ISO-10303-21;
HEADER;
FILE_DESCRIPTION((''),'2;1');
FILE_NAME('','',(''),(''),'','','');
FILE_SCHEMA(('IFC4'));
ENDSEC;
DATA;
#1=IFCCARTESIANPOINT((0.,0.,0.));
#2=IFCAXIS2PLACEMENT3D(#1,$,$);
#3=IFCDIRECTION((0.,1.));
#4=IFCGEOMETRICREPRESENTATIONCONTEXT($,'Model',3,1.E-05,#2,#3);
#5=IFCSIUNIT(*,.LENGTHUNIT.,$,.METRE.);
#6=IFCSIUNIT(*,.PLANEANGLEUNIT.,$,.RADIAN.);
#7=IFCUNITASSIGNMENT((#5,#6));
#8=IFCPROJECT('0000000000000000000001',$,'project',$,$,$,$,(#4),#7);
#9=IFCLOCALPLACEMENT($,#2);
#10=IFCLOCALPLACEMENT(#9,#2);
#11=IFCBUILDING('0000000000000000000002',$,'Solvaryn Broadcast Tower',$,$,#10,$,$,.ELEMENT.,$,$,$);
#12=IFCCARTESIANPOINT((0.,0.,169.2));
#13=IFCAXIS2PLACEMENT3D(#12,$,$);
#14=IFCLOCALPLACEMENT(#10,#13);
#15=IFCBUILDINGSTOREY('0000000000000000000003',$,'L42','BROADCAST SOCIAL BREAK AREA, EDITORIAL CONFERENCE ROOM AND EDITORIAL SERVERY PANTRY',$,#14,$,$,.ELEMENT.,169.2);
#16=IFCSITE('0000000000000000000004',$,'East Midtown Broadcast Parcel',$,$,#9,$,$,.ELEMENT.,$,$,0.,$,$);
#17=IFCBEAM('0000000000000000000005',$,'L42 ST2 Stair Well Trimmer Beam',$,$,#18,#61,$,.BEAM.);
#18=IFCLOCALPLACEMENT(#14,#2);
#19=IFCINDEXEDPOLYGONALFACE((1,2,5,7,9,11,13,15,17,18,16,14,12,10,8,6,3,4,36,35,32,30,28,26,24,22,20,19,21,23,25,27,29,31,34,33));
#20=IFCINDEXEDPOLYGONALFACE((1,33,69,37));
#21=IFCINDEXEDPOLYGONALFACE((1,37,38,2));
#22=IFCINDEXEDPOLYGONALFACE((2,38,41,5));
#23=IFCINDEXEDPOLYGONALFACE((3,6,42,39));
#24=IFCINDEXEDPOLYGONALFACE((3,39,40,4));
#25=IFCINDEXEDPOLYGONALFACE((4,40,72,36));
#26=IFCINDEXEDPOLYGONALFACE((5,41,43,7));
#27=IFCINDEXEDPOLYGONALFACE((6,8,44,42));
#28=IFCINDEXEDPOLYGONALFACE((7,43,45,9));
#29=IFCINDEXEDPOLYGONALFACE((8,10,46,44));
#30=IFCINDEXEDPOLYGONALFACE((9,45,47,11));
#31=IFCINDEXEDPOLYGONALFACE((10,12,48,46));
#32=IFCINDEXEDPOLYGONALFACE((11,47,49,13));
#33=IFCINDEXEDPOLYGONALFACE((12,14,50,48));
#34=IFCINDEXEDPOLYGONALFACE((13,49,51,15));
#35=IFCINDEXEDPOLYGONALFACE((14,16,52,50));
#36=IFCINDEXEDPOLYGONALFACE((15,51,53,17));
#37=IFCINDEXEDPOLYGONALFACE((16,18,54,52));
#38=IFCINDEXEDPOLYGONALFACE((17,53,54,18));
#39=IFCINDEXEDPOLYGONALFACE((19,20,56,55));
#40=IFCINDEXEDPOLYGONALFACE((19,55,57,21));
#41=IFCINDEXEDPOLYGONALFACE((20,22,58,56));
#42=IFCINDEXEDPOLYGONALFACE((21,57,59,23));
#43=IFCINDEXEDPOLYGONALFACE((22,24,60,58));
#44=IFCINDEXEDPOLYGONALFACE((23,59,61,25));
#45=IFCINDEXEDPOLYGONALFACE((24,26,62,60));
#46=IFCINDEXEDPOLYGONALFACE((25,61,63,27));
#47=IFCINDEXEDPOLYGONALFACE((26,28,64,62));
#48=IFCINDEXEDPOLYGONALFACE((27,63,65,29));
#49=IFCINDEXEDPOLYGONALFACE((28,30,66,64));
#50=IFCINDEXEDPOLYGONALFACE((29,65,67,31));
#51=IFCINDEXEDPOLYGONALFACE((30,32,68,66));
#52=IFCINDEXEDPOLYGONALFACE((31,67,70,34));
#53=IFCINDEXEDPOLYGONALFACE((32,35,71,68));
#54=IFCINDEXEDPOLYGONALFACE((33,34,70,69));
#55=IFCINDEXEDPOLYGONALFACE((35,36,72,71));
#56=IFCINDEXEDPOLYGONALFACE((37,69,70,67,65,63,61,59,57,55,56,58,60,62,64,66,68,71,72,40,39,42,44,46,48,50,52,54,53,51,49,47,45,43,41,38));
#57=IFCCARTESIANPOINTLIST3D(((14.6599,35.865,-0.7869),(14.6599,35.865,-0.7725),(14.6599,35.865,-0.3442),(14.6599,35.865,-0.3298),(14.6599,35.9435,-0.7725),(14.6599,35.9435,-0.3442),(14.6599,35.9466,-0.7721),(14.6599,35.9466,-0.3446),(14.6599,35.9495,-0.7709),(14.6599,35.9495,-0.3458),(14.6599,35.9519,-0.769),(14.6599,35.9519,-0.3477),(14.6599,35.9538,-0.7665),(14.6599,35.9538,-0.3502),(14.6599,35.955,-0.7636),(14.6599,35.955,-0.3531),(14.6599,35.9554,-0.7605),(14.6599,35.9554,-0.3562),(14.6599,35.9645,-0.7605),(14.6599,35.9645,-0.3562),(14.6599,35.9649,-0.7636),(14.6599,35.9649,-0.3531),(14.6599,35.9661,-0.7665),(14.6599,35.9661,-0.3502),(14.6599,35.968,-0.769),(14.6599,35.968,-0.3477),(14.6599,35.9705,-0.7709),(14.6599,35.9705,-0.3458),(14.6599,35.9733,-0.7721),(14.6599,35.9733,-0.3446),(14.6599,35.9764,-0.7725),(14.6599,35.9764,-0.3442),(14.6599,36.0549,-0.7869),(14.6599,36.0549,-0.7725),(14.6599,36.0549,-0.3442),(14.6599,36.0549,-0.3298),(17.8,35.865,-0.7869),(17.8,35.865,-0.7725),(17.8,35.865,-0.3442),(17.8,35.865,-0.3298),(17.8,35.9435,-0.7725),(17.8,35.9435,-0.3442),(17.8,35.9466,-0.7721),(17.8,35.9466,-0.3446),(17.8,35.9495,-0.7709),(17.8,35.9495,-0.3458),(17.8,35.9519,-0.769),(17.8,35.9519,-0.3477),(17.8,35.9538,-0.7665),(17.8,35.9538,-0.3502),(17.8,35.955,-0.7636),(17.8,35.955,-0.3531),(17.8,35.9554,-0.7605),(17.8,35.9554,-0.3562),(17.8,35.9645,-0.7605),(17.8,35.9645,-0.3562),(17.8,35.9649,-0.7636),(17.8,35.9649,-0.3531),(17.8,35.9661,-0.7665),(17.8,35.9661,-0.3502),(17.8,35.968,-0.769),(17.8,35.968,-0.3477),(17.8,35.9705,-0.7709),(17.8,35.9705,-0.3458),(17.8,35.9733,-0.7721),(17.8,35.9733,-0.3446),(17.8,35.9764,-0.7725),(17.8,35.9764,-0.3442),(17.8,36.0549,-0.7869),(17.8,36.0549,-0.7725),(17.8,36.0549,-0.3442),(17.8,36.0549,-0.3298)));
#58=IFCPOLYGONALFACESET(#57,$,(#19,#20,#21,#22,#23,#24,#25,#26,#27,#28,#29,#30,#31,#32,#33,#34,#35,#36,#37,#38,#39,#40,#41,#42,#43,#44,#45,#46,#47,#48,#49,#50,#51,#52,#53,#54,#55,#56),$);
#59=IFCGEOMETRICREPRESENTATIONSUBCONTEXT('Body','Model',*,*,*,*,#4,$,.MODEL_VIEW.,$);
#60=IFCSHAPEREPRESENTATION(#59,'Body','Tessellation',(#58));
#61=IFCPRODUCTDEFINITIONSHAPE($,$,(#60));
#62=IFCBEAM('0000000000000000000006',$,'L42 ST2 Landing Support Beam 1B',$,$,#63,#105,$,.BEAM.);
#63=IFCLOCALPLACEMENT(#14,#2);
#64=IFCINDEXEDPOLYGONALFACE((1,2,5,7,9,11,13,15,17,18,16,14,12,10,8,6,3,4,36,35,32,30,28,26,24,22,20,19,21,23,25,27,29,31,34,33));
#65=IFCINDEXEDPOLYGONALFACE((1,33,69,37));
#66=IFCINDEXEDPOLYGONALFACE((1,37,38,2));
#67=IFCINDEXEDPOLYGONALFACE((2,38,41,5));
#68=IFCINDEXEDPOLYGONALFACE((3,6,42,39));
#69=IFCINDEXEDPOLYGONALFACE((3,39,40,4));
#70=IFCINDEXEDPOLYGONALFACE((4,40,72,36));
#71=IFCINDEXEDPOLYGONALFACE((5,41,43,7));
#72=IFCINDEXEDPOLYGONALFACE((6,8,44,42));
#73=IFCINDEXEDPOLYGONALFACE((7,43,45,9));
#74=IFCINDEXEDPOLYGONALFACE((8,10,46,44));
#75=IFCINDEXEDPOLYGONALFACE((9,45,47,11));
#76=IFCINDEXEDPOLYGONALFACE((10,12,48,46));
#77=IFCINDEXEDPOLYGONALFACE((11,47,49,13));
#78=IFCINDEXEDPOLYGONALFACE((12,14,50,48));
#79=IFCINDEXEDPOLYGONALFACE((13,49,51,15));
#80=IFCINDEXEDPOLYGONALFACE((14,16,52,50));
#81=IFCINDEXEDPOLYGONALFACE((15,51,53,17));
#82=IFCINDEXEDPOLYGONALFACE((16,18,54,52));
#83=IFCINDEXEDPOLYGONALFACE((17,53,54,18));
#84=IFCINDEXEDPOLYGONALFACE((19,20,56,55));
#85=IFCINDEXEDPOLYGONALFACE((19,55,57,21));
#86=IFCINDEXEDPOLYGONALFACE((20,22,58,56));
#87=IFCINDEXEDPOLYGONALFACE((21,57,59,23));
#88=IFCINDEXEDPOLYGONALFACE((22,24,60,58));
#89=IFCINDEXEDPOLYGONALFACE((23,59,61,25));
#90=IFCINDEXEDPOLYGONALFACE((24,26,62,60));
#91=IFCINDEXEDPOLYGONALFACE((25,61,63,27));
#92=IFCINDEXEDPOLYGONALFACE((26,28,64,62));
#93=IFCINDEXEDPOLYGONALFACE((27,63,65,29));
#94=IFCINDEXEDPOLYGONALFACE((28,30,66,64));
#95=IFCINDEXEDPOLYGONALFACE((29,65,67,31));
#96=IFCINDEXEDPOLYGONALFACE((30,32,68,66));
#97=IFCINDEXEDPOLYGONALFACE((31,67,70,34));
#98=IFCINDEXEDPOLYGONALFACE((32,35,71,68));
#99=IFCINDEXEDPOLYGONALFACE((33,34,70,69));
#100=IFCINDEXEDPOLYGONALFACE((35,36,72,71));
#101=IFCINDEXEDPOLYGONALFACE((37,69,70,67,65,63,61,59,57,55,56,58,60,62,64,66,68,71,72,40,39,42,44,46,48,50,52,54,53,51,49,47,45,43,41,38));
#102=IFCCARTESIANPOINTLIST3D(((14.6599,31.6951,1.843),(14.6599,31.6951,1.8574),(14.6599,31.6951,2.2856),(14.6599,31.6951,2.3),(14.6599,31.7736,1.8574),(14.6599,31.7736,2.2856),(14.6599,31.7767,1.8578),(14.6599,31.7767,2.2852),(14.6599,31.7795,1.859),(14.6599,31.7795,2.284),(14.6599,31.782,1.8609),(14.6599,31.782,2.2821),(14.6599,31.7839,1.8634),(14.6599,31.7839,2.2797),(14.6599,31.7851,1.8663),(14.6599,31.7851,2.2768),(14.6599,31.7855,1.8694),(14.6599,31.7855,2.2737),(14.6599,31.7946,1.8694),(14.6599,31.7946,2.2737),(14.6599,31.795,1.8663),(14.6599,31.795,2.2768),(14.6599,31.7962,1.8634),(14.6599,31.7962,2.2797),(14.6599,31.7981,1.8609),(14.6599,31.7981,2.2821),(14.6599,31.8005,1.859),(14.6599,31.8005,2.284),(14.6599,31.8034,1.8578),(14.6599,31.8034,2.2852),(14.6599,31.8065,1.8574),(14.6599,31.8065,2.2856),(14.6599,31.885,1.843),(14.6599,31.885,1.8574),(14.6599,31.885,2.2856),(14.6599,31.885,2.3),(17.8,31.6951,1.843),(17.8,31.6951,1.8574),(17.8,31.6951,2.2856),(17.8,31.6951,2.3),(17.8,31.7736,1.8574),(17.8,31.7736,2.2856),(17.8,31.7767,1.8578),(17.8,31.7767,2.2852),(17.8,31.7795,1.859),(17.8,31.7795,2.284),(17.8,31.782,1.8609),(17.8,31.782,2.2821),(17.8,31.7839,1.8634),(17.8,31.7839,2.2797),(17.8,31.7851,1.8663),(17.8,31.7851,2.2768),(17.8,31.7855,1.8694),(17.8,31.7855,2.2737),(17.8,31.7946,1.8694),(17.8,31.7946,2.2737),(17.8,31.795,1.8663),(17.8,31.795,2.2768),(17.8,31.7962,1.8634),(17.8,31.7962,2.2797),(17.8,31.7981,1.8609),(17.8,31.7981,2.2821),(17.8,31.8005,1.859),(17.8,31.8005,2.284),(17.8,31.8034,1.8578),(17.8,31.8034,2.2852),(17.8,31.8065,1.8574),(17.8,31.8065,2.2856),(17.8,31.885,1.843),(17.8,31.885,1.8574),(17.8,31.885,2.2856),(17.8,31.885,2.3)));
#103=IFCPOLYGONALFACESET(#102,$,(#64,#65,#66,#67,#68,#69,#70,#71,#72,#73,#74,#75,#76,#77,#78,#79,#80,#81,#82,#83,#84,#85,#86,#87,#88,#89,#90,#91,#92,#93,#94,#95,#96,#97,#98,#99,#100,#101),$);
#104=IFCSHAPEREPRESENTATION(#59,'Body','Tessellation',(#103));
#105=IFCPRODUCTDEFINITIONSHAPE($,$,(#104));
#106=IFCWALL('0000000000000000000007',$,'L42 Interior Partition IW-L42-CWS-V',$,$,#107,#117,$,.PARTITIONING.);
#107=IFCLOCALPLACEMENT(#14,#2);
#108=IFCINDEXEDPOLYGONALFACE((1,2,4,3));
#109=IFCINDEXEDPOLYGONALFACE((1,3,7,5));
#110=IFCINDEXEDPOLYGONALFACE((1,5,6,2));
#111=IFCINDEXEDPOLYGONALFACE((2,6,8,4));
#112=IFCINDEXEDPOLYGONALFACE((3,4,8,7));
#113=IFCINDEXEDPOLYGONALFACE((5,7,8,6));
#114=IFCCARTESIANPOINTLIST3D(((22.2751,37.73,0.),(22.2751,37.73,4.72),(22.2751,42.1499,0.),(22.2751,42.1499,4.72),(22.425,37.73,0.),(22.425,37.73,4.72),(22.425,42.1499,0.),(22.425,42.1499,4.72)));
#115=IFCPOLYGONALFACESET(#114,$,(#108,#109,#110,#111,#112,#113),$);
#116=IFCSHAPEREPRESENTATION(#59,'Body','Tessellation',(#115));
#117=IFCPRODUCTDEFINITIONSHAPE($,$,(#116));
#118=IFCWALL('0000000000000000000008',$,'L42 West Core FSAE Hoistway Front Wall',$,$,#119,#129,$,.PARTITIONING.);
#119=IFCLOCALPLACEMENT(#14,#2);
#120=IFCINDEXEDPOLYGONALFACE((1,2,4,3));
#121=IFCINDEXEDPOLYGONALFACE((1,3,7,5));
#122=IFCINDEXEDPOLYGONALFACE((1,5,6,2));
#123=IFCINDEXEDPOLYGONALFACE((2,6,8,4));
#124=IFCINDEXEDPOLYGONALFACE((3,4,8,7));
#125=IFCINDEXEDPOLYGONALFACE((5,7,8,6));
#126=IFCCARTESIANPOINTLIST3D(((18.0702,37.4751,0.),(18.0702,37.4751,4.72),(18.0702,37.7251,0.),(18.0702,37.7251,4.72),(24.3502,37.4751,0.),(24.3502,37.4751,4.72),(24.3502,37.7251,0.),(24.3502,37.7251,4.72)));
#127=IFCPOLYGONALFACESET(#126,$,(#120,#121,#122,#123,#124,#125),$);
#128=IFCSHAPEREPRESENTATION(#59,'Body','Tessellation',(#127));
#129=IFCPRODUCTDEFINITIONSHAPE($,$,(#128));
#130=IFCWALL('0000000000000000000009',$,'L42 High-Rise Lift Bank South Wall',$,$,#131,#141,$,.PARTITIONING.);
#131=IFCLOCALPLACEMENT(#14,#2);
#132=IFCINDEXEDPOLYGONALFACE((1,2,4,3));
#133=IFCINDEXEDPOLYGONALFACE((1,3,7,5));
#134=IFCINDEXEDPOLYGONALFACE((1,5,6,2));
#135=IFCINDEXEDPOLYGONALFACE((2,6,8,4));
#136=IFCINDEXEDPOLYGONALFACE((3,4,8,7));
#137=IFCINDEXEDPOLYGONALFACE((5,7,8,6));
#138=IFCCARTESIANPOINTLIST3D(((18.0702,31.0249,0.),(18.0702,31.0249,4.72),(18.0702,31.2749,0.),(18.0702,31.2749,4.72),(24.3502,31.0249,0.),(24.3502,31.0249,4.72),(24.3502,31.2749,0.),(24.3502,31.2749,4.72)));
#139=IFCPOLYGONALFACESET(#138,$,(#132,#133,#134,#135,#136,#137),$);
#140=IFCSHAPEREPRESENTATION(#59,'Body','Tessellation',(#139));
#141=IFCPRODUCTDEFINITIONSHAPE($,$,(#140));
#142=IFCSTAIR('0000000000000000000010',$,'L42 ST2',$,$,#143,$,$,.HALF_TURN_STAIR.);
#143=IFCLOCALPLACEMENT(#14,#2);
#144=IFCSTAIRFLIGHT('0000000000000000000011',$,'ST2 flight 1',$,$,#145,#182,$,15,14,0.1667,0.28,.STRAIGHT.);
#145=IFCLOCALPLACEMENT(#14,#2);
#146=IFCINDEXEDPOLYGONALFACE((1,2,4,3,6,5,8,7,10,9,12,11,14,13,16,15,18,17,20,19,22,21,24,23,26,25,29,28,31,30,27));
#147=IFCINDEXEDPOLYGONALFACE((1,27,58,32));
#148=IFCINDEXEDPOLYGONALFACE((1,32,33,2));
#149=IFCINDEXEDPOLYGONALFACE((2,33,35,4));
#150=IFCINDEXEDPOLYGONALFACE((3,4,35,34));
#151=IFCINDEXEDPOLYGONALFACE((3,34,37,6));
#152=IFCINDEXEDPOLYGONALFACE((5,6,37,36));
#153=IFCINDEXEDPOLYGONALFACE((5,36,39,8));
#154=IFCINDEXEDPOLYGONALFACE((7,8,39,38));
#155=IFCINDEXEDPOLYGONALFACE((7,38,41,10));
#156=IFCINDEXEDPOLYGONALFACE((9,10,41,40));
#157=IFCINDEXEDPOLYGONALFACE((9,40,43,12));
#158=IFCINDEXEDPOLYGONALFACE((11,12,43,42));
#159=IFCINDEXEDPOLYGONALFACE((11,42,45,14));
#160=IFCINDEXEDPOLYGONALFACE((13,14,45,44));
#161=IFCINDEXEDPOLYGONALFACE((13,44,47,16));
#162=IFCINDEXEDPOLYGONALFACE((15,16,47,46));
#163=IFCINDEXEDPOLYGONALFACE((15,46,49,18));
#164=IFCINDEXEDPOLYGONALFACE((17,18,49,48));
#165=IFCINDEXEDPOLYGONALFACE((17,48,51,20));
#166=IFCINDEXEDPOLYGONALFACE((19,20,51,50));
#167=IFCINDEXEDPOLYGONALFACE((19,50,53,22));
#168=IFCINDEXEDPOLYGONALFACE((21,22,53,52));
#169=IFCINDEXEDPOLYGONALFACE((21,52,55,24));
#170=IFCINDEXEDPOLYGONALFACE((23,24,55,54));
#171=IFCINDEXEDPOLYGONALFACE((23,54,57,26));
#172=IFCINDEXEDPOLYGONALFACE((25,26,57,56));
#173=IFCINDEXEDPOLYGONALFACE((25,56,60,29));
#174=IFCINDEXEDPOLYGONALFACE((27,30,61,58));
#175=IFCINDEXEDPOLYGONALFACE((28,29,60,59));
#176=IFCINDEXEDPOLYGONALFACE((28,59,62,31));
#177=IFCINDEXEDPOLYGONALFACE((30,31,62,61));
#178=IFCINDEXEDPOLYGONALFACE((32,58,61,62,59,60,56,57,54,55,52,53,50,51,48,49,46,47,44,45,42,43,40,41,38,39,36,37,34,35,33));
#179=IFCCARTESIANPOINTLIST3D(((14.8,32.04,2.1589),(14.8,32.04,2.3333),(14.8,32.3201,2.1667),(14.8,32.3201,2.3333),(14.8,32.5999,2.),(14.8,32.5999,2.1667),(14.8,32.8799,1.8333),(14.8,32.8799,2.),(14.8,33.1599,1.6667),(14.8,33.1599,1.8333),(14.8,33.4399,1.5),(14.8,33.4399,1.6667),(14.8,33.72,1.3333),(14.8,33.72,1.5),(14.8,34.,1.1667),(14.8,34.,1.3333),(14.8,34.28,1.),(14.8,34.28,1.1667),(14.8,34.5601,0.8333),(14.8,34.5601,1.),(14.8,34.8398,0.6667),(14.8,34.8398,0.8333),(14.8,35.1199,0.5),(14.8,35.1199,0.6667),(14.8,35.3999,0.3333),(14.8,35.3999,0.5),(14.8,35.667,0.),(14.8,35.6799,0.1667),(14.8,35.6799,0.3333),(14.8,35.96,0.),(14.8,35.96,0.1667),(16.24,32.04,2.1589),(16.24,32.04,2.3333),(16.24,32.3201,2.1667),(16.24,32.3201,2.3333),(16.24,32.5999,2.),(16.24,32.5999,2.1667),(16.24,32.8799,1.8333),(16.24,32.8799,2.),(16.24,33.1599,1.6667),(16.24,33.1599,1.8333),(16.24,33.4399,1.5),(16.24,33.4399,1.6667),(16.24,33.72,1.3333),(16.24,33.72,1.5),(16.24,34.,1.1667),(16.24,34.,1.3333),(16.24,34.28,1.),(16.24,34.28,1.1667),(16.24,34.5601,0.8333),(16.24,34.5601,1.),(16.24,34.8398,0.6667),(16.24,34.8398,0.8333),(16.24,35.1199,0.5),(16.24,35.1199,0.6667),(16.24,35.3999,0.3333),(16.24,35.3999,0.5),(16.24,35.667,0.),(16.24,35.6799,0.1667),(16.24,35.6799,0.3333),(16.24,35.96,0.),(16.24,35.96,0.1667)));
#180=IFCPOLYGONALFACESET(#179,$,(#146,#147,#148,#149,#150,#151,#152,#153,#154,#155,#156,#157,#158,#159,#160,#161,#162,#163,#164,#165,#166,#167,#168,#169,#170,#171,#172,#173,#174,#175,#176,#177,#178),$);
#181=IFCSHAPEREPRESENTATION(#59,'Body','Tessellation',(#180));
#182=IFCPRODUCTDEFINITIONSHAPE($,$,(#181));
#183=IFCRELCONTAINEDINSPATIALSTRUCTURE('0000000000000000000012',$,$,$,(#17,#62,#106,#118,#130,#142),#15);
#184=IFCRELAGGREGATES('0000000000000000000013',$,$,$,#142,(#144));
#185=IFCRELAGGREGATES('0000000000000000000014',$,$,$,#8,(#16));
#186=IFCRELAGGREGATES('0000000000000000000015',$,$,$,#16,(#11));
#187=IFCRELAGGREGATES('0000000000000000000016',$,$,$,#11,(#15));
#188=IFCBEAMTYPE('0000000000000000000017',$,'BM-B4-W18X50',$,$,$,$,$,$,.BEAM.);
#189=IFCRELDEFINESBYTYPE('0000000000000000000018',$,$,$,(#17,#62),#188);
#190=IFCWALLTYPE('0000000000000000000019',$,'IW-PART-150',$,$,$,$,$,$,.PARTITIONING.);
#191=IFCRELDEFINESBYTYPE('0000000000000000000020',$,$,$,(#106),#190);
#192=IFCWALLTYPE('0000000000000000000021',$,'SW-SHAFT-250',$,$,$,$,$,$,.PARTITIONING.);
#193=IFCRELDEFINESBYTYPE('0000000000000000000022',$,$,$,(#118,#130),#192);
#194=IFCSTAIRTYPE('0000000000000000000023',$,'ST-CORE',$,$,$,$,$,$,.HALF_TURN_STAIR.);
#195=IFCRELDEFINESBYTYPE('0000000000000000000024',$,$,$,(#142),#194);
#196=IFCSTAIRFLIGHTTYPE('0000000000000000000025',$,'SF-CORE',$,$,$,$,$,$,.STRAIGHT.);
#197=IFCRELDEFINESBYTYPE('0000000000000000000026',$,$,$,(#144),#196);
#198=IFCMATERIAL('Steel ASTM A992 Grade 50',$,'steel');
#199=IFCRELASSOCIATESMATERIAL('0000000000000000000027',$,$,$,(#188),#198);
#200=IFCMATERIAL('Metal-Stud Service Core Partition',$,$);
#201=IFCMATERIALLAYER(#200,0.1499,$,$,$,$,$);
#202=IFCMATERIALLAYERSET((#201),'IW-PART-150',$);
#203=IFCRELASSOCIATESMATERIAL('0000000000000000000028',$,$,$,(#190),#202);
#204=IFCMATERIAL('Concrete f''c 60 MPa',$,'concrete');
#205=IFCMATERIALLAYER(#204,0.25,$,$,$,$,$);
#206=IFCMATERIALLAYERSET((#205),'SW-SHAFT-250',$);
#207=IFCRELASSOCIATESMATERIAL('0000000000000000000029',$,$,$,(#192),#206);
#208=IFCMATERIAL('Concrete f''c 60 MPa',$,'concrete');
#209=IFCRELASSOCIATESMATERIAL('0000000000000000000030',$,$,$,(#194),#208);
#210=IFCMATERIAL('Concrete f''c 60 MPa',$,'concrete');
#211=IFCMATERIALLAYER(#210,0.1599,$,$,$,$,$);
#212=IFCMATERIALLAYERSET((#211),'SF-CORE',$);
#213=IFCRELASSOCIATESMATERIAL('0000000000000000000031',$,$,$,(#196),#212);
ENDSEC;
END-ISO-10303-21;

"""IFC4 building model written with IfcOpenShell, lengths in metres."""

from ifc_helpers import new_model, si_unit, direction, frame, frame_2d, origin, origin_2d, place, context, subcontext, project, spatial, polyline, rectangle, i_section, outline, extrude, material, layer, layer_set, material_profile, profile_set, type_object, element, aggregate, save


model = new_model("IFC4")

# Units and contexts
model_context = context("Model", 3, precision=1e-05, world=origin(), true_north=direction((0.0, 1.0)))
body_context = subcontext(model_context, "Body", "Model", "MODEL_VIEW")
ifc_project = project(units=[si_unit("LENGTHUNIT", "METRE"), si_unit("PLANEANGLEUNIT", "RADIAN")], contexts=[model_context])

# Site, building, storey
site_placement = place(None, origin())
site = spatial("IfcSite", under=ifc_project, at=site_placement, Name="East Midtown Broadcast Parcel", CompositionType="ELEMENT", RefElevation=0.0)
building_placement = place(site_placement, origin())
building = spatial("IfcBuilding", under=site, at=building_placement, Name="Solvaryn Broadcast Tower", CompositionType="ELEMENT")
storey_placement = place(building_placement, frame((0.0, 0.0, 169.2)))
storey = spatial("IfcBuildingStorey", under=building, at=storey_placement, Name="L42", Description="BROADCAST SOCIAL BREAK AREA, EDITORIAL CONFERENCE ROOM AND EDITORIAL SERVERY PANTRY", CompositionType="ELEMENT", Elevation=169.2)

# Beams
ifc_material_1 = material(Name="Steel ASTM A992 Grade 50", Category="steel")
ifc_material_profile = material_profile(ifc_material_1, i_section(OverallWidth=0.1899, OverallDepth=0.457, WebThickness=0.009, FlangeThickness=0.0144, FilletRadius=0.012, at=origin_2d()))
ifc_profile_set = profile_set([ifc_material_profile], Name="Steel ASTM A992 Grade 50")
beam_type = type_object("IfcBeamType", Name="BM-B4-W18X50", PredefinedType="BEAM", material=ifc_profile_set)
for number, where, z_axis, x_axis, name in (
    (1, (14.6599, 35.96, -0.5583), (1.0, 0.0, 0.0), (0.0, 1.0, 0.0), "L42 ST2 Stair Well Trimmer Beam"),
    (2, (14.6599, 31.79, 2.0715), (1.0, 0.0, 0.0), (0.0, 1.0, 0.0), "L42 ST2 Landing Support Beam 1B"),
):
    element("IfcBeam", number, at=place(storey_placement, frame(where, z_axis=z_axis, x_axis=x_axis)), inside=storey, type_object=beam_type, Name=name, PredefinedType="BEAM", context=body_context, shape_type="SweptSolid", body=[
        extrude(i_section(OverallWidth=0.1899, OverallDepth=0.457, WebThickness=0.009, FlangeThickness=0.0144, FilletRadius=0.012, at=origin_2d()), origin(), (0.0, 0.0, 1.0), 3.1401),
    ])

# Walls
ifc_material_2 = material(Name="Metal-Stud Service Core Partition")
ifc_layer_1 = layer(ifc_material_2, 0.1499)
ifc_layer_set_1 = layer_set([ifc_layer_1], Name="IW-PART-150")
wall_type_1 = type_object("IfcWallType", Name="IW-PART-150", PredefinedType="PARTITIONING", material=ifc_layer_set_1)
wall_1_placement = place(storey_placement, frame((22.3501, 37.73, 0.0), z_axis=(0.0, 0.0, 1.0), x_axis=(0.0, 1.0, 0.0)))
element("IfcWall", 3, at=wall_1_placement, inside=storey, type_object=wall_type_1, Name="L42 Interior Partition IW-L42-CWS-V", PredefinedType="PARTITIONING", context=body_context, shape_type="SweptSolid", body=[
    extrude(rectangle(XDim=4.4199, YDim=0.1499, at=frame_2d((2.21, 0.0))), origin(), (0.0, 0.0, 1.0), 4.72),
])
ifc_material_3 = material(Name="Concrete f'c 60 MPa", Category="concrete")
ifc_layer_2 = layer(ifc_material_3, 0.25)
ifc_layer_set_2 = layer_set([ifc_layer_2], Name="SW-SHAFT-250")
wall_type_2 = type_object("IfcWallType", Name="SW-SHAFT-250", PredefinedType="PARTITIONING", material=ifc_layer_set_2)
for number, where, z_axis, x_axis, name in (
    (4, (18.0701, 37.6001, 0.0), (0.0, 0.0, 1.0), (1.0, 0.0, 0.0), "L42 West Core FSAE Hoistway Front Wall"),
    (5, (18.0701, 31.1499, 0.0), (0.0, 0.0, 1.0), (1.0, 0.0, 0.0), "L42 High-Rise Lift Bank South Wall"),
):
    element("IfcWall", number, at=place(storey_placement, frame(where, z_axis=z_axis, x_axis=x_axis)), inside=storey, type_object=wall_type_2, Name=name, PredefinedType="PARTITIONING", context=body_context, shape_type="SweptSolid", body=[
        extrude(rectangle(XDim=6.28, YDim=0.25, at=frame_2d((3.1401, 0.0))), origin(), (0.0, 0.0, 1.0), 4.72),
    ])

# Stair, stair flight
ifc_material_4 = material(Name="Concrete f'c 60 MPa", Category="concrete")
stair_type = type_object("IfcStairType", Name="ST-CORE", PredefinedType="HALF_TURN_STAIR", material=ifc_material_4)
stair_placement = place(storey_placement, origin())
stair = element("IfcStair", 6, at=stair_placement, inside=storey, type_object=stair_type, Name="L42 ST2", PredefinedType="HALF_TURN_STAIR")
ifc_material_5 = material(Name="Concrete f'c 60 MPa", Category="concrete")
ifc_layer_3 = layer(ifc_material_5, 0.1599)
ifc_layer_set_3 = layer_set([ifc_layer_3], Name="SF-CORE")
stair_flight_type = type_object("IfcStairFlightType", Name="SF-CORE", PredefinedType="STRAIGHT", material=ifc_layer_set_3)
stair_flight_1_placement = place(storey_placement, frame((15.52, 35.96, 0.0), z_axis=(0.0, 0.0, 1.0), x_axis=(0.0, -1.0, 0.0)))
stair_flight_1 = element("IfcStairFlight", 7, at=stair_flight_1_placement, type_object=stair_flight_type, Name="ST2 flight 1", NumberOfRisers=15, NumberOfTreads=14, PredefinedType="STRAIGHT", RiserHeight=0.1667, TreadLength=0.28, context=body_context, shape_type="SweptSolid", body=[
    extrude(outline(polyline([(0.0, 0.0), (0.0, 0.1667), (0.28, 0.1667), (0.28, 0.3333), (0.5601, 0.3333), (0.5601, 0.5), (0.8401, 0.5), (0.8401, 0.6667), (1.1201, 0.6667), (1.1201, 0.8333), (1.3999, 0.8333), (1.3999, 1.0), (1.6799, 1.0), (1.6799, 1.1667), (1.96, 1.1667), (1.96, 1.3333), (2.24, 1.3333), (2.24, 1.5), (2.52, 1.5), (2.52, 1.6667), (2.8, 1.6667), (2.8, 1.8333), (3.0801, 1.8333), (3.0801, 2.0), (3.3601, 2.0), (3.3601, 2.1667), (3.6399, 2.1667), (3.6399, 2.3333), (3.9199, 2.3333), (3.9199, 2.5), (3.9199, 2.1589), (0.293, 0.0), (0.0, 0.0)])), frame((0.0, 0.72, 0.0), z_axis=(0.0, -1.0, 0.0), x_axis=(1.0, 0.0, 0.0)), (0.0, 0.0, 1.0), 1.4399),
])
aggregate(stair, [stair_flight_1])

save(model, "model.ifc")
